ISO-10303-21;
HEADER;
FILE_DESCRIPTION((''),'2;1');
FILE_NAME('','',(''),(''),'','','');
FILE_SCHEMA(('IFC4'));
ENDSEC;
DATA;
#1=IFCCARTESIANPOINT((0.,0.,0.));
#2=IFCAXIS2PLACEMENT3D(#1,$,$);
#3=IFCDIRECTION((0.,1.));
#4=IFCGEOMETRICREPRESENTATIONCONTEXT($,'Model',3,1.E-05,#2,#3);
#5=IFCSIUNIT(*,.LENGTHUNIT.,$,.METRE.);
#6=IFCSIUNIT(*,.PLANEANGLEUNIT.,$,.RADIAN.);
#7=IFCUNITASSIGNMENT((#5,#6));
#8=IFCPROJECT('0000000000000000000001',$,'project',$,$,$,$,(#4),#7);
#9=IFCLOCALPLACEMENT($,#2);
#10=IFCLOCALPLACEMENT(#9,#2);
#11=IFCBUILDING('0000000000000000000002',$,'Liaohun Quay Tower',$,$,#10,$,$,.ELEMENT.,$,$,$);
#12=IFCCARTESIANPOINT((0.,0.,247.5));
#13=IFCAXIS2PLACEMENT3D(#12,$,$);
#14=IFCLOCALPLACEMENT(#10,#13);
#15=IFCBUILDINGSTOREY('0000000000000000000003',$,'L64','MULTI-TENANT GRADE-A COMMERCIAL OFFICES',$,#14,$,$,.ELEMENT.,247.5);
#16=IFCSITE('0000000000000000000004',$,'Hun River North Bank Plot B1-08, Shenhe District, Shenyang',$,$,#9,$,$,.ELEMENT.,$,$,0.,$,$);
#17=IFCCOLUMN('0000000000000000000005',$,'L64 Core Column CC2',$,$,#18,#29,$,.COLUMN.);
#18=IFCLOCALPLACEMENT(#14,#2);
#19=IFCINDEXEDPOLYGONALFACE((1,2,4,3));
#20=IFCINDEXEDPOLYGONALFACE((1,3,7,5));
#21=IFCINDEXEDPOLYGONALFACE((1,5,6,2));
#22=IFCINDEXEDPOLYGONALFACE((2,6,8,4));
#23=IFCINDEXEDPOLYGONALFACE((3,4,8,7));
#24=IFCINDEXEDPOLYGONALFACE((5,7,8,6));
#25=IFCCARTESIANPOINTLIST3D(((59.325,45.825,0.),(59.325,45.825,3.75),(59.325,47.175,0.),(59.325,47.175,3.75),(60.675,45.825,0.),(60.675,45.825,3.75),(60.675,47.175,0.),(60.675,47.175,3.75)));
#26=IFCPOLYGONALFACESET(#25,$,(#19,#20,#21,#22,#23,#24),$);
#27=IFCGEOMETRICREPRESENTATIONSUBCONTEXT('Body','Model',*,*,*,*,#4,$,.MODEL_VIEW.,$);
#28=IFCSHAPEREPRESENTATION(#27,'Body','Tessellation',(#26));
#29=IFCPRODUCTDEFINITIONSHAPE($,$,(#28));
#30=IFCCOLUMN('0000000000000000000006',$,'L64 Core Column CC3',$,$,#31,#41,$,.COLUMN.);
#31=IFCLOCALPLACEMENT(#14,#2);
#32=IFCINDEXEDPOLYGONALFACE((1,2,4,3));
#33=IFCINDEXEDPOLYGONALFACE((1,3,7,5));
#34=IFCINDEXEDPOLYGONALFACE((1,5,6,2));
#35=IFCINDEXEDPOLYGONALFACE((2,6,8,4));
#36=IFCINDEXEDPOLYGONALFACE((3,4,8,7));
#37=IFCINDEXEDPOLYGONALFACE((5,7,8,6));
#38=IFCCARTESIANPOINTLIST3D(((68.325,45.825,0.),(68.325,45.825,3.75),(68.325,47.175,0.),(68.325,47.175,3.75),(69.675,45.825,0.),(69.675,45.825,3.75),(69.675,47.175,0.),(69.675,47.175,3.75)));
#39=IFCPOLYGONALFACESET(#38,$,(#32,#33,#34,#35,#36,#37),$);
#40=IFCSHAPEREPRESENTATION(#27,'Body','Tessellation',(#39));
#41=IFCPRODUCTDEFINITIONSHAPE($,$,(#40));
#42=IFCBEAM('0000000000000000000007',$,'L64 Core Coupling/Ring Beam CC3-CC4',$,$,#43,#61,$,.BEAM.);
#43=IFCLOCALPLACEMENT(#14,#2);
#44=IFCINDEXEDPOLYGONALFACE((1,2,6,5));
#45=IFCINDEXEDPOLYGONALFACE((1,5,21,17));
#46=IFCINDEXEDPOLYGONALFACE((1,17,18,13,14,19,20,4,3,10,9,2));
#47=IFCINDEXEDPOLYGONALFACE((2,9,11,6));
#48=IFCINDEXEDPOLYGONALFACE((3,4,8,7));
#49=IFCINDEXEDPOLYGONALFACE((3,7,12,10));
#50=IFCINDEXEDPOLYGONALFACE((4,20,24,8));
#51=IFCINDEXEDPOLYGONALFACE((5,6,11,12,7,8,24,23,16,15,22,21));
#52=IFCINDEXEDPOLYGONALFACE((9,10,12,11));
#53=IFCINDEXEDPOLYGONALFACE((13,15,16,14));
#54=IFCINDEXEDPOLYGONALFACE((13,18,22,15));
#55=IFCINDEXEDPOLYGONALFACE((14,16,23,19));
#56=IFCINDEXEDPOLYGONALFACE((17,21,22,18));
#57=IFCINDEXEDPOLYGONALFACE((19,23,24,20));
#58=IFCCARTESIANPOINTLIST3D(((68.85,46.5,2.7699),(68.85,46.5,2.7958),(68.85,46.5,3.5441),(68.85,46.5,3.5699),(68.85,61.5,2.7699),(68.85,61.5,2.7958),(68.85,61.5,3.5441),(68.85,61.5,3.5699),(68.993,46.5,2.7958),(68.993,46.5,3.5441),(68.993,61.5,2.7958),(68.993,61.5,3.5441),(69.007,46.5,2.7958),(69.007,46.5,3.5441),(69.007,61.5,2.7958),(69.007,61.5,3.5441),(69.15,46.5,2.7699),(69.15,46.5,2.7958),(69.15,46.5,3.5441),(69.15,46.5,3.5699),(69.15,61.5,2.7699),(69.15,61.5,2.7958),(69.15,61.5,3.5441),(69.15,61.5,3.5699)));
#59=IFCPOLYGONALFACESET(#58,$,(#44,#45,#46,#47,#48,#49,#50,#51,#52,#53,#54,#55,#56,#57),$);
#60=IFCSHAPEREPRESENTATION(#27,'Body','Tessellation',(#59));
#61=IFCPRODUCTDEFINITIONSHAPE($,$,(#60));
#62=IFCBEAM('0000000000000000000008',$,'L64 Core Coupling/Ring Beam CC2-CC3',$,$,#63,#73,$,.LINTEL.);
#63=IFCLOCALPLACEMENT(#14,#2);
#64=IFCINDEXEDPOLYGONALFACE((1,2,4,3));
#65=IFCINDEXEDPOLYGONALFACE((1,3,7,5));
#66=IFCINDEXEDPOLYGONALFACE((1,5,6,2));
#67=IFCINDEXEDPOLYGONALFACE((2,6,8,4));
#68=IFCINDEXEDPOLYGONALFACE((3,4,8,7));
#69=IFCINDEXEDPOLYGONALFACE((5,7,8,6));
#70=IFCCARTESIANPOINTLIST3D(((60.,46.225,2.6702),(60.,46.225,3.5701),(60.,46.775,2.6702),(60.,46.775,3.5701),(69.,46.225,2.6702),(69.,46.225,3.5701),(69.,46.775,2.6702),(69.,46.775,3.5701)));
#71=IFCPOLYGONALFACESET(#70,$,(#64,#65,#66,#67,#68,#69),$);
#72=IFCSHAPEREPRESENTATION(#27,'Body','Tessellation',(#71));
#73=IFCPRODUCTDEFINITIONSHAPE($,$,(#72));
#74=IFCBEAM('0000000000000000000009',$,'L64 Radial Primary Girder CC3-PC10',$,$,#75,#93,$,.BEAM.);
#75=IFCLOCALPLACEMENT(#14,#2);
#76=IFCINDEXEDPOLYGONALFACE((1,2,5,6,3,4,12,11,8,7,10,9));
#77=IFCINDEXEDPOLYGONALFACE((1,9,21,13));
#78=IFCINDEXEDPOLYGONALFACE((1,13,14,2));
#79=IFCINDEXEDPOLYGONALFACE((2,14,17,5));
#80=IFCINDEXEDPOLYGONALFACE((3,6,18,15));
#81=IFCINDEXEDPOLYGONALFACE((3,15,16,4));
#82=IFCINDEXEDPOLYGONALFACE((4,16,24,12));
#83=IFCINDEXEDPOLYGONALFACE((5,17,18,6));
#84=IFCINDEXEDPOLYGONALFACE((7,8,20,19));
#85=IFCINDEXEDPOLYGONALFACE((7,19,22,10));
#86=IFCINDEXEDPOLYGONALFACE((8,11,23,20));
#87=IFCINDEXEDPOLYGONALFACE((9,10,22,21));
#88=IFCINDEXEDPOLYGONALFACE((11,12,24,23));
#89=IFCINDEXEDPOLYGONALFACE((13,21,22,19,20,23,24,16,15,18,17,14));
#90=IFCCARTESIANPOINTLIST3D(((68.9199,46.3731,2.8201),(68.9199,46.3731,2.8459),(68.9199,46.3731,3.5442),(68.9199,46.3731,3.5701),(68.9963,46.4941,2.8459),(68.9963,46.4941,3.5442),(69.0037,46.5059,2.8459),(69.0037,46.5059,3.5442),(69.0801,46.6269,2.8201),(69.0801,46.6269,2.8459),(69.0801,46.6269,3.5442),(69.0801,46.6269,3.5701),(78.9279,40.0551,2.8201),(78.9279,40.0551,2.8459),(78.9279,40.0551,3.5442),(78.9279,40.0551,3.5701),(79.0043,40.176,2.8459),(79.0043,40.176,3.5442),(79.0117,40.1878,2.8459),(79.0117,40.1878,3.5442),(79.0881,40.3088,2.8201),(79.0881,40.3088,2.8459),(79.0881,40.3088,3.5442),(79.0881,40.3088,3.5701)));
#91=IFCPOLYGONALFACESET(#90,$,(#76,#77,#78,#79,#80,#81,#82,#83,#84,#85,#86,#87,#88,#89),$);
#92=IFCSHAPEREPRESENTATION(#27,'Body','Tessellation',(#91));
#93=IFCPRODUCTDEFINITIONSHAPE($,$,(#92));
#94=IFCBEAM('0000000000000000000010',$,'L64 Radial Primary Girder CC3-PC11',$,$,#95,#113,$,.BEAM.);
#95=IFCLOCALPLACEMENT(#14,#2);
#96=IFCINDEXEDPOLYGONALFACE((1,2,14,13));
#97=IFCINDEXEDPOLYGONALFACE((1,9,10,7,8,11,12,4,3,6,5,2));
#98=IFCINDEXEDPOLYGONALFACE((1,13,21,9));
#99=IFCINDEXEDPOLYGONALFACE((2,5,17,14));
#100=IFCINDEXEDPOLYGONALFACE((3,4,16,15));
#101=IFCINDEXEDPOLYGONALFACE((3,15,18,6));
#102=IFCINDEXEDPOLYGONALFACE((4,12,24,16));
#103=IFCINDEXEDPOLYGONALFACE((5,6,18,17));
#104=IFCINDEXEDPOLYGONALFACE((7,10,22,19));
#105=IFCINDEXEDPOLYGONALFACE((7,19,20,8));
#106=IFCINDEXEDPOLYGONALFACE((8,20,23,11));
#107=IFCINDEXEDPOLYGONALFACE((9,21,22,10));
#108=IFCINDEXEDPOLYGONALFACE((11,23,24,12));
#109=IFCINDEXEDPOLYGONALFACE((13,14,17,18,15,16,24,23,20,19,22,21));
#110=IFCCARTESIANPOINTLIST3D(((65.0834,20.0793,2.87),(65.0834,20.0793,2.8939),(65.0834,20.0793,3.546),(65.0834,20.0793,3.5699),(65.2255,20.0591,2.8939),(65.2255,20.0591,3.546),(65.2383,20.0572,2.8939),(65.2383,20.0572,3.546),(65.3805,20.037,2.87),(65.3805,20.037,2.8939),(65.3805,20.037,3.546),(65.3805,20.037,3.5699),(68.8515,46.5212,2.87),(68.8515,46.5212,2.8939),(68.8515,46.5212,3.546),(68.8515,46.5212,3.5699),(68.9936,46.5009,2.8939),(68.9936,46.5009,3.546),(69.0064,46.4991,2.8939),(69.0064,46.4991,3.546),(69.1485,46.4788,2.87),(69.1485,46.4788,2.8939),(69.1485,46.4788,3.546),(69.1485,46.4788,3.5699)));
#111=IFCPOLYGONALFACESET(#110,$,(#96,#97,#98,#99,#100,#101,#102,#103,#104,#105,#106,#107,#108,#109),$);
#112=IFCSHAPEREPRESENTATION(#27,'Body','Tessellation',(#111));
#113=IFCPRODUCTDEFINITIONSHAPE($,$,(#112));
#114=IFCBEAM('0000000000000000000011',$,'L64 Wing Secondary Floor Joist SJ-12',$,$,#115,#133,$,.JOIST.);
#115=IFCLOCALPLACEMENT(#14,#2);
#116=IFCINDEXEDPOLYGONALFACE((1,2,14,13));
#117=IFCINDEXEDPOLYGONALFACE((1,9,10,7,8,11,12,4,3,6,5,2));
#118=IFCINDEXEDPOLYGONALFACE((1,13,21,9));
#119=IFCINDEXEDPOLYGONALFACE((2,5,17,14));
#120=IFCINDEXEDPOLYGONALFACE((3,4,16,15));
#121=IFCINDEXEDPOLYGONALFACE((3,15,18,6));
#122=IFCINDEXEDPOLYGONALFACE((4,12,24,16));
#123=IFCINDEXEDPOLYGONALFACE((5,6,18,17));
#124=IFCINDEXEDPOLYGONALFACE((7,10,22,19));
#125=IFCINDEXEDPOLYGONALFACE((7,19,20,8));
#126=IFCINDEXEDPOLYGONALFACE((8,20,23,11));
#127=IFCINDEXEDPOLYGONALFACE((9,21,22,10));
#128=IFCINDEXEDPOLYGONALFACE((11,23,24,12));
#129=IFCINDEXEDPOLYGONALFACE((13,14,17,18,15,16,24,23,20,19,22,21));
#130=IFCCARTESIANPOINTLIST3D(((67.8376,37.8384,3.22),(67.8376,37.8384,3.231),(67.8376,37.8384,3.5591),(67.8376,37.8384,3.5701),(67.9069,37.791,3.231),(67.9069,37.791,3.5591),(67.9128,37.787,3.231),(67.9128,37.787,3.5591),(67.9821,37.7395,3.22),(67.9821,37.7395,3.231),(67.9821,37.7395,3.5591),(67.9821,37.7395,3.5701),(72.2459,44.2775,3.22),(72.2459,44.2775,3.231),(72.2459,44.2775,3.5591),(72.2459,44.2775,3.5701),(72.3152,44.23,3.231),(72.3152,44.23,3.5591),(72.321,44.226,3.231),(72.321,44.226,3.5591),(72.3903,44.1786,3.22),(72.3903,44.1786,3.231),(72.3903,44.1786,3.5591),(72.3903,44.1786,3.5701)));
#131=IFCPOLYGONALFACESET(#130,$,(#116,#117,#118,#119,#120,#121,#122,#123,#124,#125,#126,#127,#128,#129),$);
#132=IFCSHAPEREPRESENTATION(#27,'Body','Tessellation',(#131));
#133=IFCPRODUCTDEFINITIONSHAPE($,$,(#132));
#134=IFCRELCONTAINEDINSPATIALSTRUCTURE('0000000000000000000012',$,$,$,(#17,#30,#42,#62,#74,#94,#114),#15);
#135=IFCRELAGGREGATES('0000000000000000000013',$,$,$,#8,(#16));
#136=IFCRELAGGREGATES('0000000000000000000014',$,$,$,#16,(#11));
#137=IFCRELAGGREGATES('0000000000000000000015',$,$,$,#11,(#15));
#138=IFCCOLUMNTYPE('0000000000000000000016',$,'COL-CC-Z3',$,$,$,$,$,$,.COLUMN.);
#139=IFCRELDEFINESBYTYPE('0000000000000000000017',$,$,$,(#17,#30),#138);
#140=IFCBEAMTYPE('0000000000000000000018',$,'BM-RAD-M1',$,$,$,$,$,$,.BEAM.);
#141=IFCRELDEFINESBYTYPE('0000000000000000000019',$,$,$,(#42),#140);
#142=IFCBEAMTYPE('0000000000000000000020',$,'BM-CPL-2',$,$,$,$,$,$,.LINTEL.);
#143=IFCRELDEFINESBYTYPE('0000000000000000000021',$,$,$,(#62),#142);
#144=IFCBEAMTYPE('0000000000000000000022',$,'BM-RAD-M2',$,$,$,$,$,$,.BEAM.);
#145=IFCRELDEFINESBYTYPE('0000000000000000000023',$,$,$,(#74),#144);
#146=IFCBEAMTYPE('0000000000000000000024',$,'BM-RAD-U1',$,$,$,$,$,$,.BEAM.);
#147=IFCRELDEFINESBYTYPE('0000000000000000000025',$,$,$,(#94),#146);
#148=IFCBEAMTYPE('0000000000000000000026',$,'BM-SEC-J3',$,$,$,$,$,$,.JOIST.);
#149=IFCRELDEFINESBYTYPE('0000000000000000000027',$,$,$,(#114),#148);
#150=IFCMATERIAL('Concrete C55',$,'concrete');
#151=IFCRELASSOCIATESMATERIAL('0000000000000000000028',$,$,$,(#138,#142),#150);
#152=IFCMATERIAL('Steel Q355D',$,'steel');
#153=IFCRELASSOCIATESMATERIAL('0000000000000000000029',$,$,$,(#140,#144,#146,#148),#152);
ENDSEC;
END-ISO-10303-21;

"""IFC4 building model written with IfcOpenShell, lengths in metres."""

from ifc_helpers import new_model, si_unit, direction, frame, origin, origin_2d, place, context, subcontext, project, spatial, rectangle, i_section, extrude, source, transform, mapped, material, material_profile, profile_set, type_object, element, save


model = new_model("IFC4")

# Units and contexts
model_context = context("Model", 3, precision=1e-05, world=origin(), true_north=direction((0.0, 1.0)))
body_context = subcontext(model_context, "Body", "Model", "MODEL_VIEW")
ifc_project = project(units=[si_unit("LENGTHUNIT", "METRE"), si_unit("PLANEANGLEUNIT", "RADIAN")], contexts=[model_context])

# Site, building, storey
site_placement = place(None, origin())
site = spatial("IfcSite", under=ifc_project, at=site_placement, Name="Hun River North Bank Plot B1-08, Shenhe District, Shenyang", CompositionType="ELEMENT", RefElevation=0.0)
building_placement = place(site_placement, origin())
building = spatial("IfcBuilding", under=site, at=building_placement, Name="Liaohun Quay Tower", CompositionType="ELEMENT")
storey_placement = place(building_placement, frame((0.0, 0.0, 247.5)))
storey = spatial("IfcBuildingStorey", under=building, at=storey_placement, Name="L64", Description="MULTI-TENANT GRADE-A COMMERCIAL OFFICES", CompositionType="ELEMENT", Elevation=247.5)

# Columns
ifc_material_1 = material(Name="Concrete C55", Category="concrete")
ifc_material_profile_1 = material_profile(ifc_material_1, rectangle(XDim=1.3501, YDim=1.3501, at=origin_2d()), Name="RC1350x1350")
ifc_profile_set_1 = profile_set([ifc_material_profile_1], Name="Concrete C55")
column_type = type_object("IfcColumnType", Name="COL-CC-Z3", PredefinedType="COLUMN", material=ifc_profile_set_1)
shared_shape_1 = source(origin(), body_context, "Body", "SweptSolid", [
    extrude(rectangle(XDim=1.3501, YDim=1.3501, at=origin_2d()), origin(), (0.0, 0.0, 1.0), 3.75),
])
for number, where, z_axis, x_axis, name in (
    (1, (60.0, 46.5, 0.0), (0.0, 0.0, 1.0), (1.0, 0.0, 0.0), "L64 Core Column CC2"),
    (2, (69.0, 46.5, 0.0), (0.0, 0.0, 1.0), (1.0, 0.0, 0.0), "L64 Core Column CC3"),
):
    element("IfcColumn", number, at=place(storey_placement, frame(where, z_axis=z_axis, x_axis=x_axis)), inside=storey, type_object=column_type, Name=name, PredefinedType="COLUMN", context=body_context, shape_type="MappedRepresentation", body=[
        mapped(shared_shape_1, transform((0.0, 0.0, 0.0), x_axis=(1.0, 0.0, 0.0), y_axis=(0.0, 1.0, 0.0), z_axis=(0.0, 0.0, 1.0), scale=1.0)),
    ])

# Beams
ifc_material_2 = material(Name="Steel Q355D", Category="steel")
ifc_material_profile_2 = material_profile(ifc_material_2, i_section(OverallWidth=0.3, OverallDepth=0.8, WebThickness=0.0139, FlangeThickness=0.0259, at=origin_2d()), Name="HN800x300x14x26")
ifc_profile_set_2 = profile_set([ifc_material_profile_2], Name="Steel Q355D")
beam_type_1 = type_object("IfcBeamType", Name="BM-RAD-M1", PredefinedType="BEAM", material=ifc_profile_set_2)
shared_shape_2 = source(origin(), body_context, "Body", "SweptSolid", [
    extrude(i_section(OverallWidth=0.3, OverallDepth=0.8, WebThickness=0.0139, FlangeThickness=0.0259, at=origin_2d()), origin(), (0.0, 0.0, 1.0), 15.0),
])
beam_1_placement = place(storey_placement, frame((69.0, 46.5, 3.1699), z_axis=(0.0, 1.0, 0.0), x_axis=(-1.0, 0.0, 0.0)))
element("IfcBeam", 3, at=beam_1_placement, inside=storey, type_object=beam_type_1, Name="L64 Core Coupling/Ring Beam CC3-CC4", PredefinedType="BEAM", context=body_context, shape_type="MappedRepresentation", body=[
    mapped(shared_shape_2, transform((0.0, 0.0, 0.0), x_axis=(1.0, 0.0, 0.0), y_axis=(0.0, 1.0, 0.0), z_axis=(0.0, 0.0, 1.0), scale=1.0)),
])
ifc_material_profile_3 = material_profile(ifc_material_1, rectangle(XDim=0.55, YDim=0.8999, at=origin_2d()), Name="RC550x900")
ifc_profile_set_3 = profile_set([ifc_material_profile_3], Name="Concrete C55")
beam_type_2 = type_object("IfcBeamType", Name="BM-CPL-2", PredefinedType="LINTEL", material=ifc_profile_set_3)
shared_shape_3 = source(origin(), body_context, "Body", "SweptSolid", [
    extrude(rectangle(XDim=0.55, YDim=0.8999, at=origin_2d()), origin(), (0.0, 0.0, 1.0), 9.0),
])
beam_2_placement = place(storey_placement, frame((60.0, 46.5, 3.1201), z_axis=(1.0, 0.0, 0.0), x_axis=(0.0, 1.0, 0.0)))
element("IfcBeam", 4, at=beam_2_placement, inside=storey, type_object=beam_type_2, Name="L64 Core Coupling/Ring Beam CC2-CC3", PredefinedType="LINTEL", context=body_context, shape_type="MappedRepresentation", body=[
    mapped(shared_shape_3, transform((0.0, 0.0, 0.0), x_axis=(1.0, 0.0, 0.0), y_axis=(0.0, 1.0, 0.0), z_axis=(0.0, 0.0, 1.0), scale=1.0)),
])
ifc_material_profile_4 = material_profile(ifc_material_2, i_section(OverallWidth=0.3, OverallDepth=0.75, WebThickness=0.0139, FlangeThickness=0.0259, at=origin_2d()), Name="HN750x300x14x26")
ifc_profile_set_4 = profile_set([ifc_material_profile_4], Name="Steel Q355D")
beam_type_3 = type_object("IfcBeamType", Name="BM-RAD-M2", PredefinedType="BEAM", material=ifc_profile_set_4)
shared_shape_4 = source(origin(), body_context, "Body", "SweptSolid", [
    extrude(i_section(OverallWidth=0.3, OverallDepth=0.75, WebThickness=0.0139, FlangeThickness=0.0259, at=origin_2d()), origin(), (0.0, 0.0, 1.0), 11.8354),
])
beam_3_placement = place(storey_placement, frame((69.0, 46.5, 3.1951), z_axis=(0.845594, -0.533826, 0.0), x_axis=(0.533826, 0.845594, 0.0)))
element("IfcBeam", 5, at=beam_3_placement, inside=storey, type_object=beam_type_3, Name="L64 Radial Primary Girder CC3-PC10", PredefinedType="BEAM", context=body_context, shape_type="MappedRepresentation", body=[
    mapped(shared_shape_4, transform((0.0, 0.0, 0.0), x_axis=(1.0, 0.0, 0.0), y_axis=(0.0, 1.0, 0.0), z_axis=(0.0, 0.0, 1.0), scale=1.0)),
])
ifc_material_profile_5 = material_profile(ifc_material_2, i_section(OverallWidth=0.3, OverallDepth=0.7, WebThickness=0.0129, FlangeThickness=0.0239, at=origin_2d()), Name="HN700x300x13x24")
ifc_profile_set_5 = profile_set([ifc_material_profile_5], Name="Steel Q355D")
beam_type_4 = type_object("IfcBeamType", Name="BM-RAD-U1", PredefinedType="BEAM", material=ifc_profile_set_5)
shared_shape_5 = source(origin(), body_context, "Body", "SweptSolid", [
    extrude(i_section(OverallWidth=0.3, OverallDepth=0.7, WebThickness=0.0129, FlangeThickness=0.0239, at=origin_2d()), origin(), (0.0, 0.0, 1.0), 26.709),
])
beam_4_placement = place(storey_placement, frame((69.0, 46.5, 3.22), z_axis=(-0.141078, -0.989998, 0.0), x_axis=(0.989998, -0.141078, 0.0)))
element("IfcBeam", 6, at=beam_4_placement, inside=storey, type_object=beam_type_4, Name="L64 Radial Primary Girder CC3-PC11", PredefinedType="BEAM", context=body_context, shape_type="MappedRepresentation", body=[
    mapped(shared_shape_5, transform((0.0, 0.0, 0.0), x_axis=(1.0, 0.0, 0.0), y_axis=(0.0, 1.0, 0.0), z_axis=(0.0, 0.0, 1.0), scale=1.0)),
])
ifc_material_profile_6 = material_profile(ifc_material_2, i_section(OverallWidth=0.175, OverallDepth=0.3501, WebThickness=0.0071, FlangeThickness=0.011, at=origin_2d()), Name="HN350x175x7x11")
ifc_profile_set_6 = profile_set([ifc_material_profile_6], Name="Steel Q355D")
beam_type_5 = type_object("IfcBeamType", Name="BM-SEC-J3", PredefinedType="JOIST", material=ifc_profile_set_6)
shared_shape_6 = source(origin(), body_context, "Body", "SweptSolid", [
    extrude(i_section(OverallWidth=0.175, OverallDepth=0.3501, WebThickness=0.0071, FlangeThickness=0.011, at=origin_2d()), origin(), (0.0, 0.0, 1.0), 7.8035),
])
beam_5_placement = place(storey_placement, frame((72.3181, 44.228, 3.395), z_axis=(-0.56491, -0.825152, 0.0), x_axis=(0.825152, -0.56491, 0.0)))
element("IfcBeam", 7, at=beam_5_placement, inside=storey, type_object=beam_type_5, Name="L64 Wing Secondary Floor Joist SJ-12", PredefinedType="JOIST", context=body_context, shape_type="MappedRepresentation", body=[
    mapped(shared_shape_6, transform((0.0, 0.0, 0.0), x_axis=(1.0, 0.0, 0.0), y_axis=(0.0, 1.0, 0.0), z_axis=(0.0, 0.0, 1.0), scale=1.0)),
])

save(model, "model.ifc")
